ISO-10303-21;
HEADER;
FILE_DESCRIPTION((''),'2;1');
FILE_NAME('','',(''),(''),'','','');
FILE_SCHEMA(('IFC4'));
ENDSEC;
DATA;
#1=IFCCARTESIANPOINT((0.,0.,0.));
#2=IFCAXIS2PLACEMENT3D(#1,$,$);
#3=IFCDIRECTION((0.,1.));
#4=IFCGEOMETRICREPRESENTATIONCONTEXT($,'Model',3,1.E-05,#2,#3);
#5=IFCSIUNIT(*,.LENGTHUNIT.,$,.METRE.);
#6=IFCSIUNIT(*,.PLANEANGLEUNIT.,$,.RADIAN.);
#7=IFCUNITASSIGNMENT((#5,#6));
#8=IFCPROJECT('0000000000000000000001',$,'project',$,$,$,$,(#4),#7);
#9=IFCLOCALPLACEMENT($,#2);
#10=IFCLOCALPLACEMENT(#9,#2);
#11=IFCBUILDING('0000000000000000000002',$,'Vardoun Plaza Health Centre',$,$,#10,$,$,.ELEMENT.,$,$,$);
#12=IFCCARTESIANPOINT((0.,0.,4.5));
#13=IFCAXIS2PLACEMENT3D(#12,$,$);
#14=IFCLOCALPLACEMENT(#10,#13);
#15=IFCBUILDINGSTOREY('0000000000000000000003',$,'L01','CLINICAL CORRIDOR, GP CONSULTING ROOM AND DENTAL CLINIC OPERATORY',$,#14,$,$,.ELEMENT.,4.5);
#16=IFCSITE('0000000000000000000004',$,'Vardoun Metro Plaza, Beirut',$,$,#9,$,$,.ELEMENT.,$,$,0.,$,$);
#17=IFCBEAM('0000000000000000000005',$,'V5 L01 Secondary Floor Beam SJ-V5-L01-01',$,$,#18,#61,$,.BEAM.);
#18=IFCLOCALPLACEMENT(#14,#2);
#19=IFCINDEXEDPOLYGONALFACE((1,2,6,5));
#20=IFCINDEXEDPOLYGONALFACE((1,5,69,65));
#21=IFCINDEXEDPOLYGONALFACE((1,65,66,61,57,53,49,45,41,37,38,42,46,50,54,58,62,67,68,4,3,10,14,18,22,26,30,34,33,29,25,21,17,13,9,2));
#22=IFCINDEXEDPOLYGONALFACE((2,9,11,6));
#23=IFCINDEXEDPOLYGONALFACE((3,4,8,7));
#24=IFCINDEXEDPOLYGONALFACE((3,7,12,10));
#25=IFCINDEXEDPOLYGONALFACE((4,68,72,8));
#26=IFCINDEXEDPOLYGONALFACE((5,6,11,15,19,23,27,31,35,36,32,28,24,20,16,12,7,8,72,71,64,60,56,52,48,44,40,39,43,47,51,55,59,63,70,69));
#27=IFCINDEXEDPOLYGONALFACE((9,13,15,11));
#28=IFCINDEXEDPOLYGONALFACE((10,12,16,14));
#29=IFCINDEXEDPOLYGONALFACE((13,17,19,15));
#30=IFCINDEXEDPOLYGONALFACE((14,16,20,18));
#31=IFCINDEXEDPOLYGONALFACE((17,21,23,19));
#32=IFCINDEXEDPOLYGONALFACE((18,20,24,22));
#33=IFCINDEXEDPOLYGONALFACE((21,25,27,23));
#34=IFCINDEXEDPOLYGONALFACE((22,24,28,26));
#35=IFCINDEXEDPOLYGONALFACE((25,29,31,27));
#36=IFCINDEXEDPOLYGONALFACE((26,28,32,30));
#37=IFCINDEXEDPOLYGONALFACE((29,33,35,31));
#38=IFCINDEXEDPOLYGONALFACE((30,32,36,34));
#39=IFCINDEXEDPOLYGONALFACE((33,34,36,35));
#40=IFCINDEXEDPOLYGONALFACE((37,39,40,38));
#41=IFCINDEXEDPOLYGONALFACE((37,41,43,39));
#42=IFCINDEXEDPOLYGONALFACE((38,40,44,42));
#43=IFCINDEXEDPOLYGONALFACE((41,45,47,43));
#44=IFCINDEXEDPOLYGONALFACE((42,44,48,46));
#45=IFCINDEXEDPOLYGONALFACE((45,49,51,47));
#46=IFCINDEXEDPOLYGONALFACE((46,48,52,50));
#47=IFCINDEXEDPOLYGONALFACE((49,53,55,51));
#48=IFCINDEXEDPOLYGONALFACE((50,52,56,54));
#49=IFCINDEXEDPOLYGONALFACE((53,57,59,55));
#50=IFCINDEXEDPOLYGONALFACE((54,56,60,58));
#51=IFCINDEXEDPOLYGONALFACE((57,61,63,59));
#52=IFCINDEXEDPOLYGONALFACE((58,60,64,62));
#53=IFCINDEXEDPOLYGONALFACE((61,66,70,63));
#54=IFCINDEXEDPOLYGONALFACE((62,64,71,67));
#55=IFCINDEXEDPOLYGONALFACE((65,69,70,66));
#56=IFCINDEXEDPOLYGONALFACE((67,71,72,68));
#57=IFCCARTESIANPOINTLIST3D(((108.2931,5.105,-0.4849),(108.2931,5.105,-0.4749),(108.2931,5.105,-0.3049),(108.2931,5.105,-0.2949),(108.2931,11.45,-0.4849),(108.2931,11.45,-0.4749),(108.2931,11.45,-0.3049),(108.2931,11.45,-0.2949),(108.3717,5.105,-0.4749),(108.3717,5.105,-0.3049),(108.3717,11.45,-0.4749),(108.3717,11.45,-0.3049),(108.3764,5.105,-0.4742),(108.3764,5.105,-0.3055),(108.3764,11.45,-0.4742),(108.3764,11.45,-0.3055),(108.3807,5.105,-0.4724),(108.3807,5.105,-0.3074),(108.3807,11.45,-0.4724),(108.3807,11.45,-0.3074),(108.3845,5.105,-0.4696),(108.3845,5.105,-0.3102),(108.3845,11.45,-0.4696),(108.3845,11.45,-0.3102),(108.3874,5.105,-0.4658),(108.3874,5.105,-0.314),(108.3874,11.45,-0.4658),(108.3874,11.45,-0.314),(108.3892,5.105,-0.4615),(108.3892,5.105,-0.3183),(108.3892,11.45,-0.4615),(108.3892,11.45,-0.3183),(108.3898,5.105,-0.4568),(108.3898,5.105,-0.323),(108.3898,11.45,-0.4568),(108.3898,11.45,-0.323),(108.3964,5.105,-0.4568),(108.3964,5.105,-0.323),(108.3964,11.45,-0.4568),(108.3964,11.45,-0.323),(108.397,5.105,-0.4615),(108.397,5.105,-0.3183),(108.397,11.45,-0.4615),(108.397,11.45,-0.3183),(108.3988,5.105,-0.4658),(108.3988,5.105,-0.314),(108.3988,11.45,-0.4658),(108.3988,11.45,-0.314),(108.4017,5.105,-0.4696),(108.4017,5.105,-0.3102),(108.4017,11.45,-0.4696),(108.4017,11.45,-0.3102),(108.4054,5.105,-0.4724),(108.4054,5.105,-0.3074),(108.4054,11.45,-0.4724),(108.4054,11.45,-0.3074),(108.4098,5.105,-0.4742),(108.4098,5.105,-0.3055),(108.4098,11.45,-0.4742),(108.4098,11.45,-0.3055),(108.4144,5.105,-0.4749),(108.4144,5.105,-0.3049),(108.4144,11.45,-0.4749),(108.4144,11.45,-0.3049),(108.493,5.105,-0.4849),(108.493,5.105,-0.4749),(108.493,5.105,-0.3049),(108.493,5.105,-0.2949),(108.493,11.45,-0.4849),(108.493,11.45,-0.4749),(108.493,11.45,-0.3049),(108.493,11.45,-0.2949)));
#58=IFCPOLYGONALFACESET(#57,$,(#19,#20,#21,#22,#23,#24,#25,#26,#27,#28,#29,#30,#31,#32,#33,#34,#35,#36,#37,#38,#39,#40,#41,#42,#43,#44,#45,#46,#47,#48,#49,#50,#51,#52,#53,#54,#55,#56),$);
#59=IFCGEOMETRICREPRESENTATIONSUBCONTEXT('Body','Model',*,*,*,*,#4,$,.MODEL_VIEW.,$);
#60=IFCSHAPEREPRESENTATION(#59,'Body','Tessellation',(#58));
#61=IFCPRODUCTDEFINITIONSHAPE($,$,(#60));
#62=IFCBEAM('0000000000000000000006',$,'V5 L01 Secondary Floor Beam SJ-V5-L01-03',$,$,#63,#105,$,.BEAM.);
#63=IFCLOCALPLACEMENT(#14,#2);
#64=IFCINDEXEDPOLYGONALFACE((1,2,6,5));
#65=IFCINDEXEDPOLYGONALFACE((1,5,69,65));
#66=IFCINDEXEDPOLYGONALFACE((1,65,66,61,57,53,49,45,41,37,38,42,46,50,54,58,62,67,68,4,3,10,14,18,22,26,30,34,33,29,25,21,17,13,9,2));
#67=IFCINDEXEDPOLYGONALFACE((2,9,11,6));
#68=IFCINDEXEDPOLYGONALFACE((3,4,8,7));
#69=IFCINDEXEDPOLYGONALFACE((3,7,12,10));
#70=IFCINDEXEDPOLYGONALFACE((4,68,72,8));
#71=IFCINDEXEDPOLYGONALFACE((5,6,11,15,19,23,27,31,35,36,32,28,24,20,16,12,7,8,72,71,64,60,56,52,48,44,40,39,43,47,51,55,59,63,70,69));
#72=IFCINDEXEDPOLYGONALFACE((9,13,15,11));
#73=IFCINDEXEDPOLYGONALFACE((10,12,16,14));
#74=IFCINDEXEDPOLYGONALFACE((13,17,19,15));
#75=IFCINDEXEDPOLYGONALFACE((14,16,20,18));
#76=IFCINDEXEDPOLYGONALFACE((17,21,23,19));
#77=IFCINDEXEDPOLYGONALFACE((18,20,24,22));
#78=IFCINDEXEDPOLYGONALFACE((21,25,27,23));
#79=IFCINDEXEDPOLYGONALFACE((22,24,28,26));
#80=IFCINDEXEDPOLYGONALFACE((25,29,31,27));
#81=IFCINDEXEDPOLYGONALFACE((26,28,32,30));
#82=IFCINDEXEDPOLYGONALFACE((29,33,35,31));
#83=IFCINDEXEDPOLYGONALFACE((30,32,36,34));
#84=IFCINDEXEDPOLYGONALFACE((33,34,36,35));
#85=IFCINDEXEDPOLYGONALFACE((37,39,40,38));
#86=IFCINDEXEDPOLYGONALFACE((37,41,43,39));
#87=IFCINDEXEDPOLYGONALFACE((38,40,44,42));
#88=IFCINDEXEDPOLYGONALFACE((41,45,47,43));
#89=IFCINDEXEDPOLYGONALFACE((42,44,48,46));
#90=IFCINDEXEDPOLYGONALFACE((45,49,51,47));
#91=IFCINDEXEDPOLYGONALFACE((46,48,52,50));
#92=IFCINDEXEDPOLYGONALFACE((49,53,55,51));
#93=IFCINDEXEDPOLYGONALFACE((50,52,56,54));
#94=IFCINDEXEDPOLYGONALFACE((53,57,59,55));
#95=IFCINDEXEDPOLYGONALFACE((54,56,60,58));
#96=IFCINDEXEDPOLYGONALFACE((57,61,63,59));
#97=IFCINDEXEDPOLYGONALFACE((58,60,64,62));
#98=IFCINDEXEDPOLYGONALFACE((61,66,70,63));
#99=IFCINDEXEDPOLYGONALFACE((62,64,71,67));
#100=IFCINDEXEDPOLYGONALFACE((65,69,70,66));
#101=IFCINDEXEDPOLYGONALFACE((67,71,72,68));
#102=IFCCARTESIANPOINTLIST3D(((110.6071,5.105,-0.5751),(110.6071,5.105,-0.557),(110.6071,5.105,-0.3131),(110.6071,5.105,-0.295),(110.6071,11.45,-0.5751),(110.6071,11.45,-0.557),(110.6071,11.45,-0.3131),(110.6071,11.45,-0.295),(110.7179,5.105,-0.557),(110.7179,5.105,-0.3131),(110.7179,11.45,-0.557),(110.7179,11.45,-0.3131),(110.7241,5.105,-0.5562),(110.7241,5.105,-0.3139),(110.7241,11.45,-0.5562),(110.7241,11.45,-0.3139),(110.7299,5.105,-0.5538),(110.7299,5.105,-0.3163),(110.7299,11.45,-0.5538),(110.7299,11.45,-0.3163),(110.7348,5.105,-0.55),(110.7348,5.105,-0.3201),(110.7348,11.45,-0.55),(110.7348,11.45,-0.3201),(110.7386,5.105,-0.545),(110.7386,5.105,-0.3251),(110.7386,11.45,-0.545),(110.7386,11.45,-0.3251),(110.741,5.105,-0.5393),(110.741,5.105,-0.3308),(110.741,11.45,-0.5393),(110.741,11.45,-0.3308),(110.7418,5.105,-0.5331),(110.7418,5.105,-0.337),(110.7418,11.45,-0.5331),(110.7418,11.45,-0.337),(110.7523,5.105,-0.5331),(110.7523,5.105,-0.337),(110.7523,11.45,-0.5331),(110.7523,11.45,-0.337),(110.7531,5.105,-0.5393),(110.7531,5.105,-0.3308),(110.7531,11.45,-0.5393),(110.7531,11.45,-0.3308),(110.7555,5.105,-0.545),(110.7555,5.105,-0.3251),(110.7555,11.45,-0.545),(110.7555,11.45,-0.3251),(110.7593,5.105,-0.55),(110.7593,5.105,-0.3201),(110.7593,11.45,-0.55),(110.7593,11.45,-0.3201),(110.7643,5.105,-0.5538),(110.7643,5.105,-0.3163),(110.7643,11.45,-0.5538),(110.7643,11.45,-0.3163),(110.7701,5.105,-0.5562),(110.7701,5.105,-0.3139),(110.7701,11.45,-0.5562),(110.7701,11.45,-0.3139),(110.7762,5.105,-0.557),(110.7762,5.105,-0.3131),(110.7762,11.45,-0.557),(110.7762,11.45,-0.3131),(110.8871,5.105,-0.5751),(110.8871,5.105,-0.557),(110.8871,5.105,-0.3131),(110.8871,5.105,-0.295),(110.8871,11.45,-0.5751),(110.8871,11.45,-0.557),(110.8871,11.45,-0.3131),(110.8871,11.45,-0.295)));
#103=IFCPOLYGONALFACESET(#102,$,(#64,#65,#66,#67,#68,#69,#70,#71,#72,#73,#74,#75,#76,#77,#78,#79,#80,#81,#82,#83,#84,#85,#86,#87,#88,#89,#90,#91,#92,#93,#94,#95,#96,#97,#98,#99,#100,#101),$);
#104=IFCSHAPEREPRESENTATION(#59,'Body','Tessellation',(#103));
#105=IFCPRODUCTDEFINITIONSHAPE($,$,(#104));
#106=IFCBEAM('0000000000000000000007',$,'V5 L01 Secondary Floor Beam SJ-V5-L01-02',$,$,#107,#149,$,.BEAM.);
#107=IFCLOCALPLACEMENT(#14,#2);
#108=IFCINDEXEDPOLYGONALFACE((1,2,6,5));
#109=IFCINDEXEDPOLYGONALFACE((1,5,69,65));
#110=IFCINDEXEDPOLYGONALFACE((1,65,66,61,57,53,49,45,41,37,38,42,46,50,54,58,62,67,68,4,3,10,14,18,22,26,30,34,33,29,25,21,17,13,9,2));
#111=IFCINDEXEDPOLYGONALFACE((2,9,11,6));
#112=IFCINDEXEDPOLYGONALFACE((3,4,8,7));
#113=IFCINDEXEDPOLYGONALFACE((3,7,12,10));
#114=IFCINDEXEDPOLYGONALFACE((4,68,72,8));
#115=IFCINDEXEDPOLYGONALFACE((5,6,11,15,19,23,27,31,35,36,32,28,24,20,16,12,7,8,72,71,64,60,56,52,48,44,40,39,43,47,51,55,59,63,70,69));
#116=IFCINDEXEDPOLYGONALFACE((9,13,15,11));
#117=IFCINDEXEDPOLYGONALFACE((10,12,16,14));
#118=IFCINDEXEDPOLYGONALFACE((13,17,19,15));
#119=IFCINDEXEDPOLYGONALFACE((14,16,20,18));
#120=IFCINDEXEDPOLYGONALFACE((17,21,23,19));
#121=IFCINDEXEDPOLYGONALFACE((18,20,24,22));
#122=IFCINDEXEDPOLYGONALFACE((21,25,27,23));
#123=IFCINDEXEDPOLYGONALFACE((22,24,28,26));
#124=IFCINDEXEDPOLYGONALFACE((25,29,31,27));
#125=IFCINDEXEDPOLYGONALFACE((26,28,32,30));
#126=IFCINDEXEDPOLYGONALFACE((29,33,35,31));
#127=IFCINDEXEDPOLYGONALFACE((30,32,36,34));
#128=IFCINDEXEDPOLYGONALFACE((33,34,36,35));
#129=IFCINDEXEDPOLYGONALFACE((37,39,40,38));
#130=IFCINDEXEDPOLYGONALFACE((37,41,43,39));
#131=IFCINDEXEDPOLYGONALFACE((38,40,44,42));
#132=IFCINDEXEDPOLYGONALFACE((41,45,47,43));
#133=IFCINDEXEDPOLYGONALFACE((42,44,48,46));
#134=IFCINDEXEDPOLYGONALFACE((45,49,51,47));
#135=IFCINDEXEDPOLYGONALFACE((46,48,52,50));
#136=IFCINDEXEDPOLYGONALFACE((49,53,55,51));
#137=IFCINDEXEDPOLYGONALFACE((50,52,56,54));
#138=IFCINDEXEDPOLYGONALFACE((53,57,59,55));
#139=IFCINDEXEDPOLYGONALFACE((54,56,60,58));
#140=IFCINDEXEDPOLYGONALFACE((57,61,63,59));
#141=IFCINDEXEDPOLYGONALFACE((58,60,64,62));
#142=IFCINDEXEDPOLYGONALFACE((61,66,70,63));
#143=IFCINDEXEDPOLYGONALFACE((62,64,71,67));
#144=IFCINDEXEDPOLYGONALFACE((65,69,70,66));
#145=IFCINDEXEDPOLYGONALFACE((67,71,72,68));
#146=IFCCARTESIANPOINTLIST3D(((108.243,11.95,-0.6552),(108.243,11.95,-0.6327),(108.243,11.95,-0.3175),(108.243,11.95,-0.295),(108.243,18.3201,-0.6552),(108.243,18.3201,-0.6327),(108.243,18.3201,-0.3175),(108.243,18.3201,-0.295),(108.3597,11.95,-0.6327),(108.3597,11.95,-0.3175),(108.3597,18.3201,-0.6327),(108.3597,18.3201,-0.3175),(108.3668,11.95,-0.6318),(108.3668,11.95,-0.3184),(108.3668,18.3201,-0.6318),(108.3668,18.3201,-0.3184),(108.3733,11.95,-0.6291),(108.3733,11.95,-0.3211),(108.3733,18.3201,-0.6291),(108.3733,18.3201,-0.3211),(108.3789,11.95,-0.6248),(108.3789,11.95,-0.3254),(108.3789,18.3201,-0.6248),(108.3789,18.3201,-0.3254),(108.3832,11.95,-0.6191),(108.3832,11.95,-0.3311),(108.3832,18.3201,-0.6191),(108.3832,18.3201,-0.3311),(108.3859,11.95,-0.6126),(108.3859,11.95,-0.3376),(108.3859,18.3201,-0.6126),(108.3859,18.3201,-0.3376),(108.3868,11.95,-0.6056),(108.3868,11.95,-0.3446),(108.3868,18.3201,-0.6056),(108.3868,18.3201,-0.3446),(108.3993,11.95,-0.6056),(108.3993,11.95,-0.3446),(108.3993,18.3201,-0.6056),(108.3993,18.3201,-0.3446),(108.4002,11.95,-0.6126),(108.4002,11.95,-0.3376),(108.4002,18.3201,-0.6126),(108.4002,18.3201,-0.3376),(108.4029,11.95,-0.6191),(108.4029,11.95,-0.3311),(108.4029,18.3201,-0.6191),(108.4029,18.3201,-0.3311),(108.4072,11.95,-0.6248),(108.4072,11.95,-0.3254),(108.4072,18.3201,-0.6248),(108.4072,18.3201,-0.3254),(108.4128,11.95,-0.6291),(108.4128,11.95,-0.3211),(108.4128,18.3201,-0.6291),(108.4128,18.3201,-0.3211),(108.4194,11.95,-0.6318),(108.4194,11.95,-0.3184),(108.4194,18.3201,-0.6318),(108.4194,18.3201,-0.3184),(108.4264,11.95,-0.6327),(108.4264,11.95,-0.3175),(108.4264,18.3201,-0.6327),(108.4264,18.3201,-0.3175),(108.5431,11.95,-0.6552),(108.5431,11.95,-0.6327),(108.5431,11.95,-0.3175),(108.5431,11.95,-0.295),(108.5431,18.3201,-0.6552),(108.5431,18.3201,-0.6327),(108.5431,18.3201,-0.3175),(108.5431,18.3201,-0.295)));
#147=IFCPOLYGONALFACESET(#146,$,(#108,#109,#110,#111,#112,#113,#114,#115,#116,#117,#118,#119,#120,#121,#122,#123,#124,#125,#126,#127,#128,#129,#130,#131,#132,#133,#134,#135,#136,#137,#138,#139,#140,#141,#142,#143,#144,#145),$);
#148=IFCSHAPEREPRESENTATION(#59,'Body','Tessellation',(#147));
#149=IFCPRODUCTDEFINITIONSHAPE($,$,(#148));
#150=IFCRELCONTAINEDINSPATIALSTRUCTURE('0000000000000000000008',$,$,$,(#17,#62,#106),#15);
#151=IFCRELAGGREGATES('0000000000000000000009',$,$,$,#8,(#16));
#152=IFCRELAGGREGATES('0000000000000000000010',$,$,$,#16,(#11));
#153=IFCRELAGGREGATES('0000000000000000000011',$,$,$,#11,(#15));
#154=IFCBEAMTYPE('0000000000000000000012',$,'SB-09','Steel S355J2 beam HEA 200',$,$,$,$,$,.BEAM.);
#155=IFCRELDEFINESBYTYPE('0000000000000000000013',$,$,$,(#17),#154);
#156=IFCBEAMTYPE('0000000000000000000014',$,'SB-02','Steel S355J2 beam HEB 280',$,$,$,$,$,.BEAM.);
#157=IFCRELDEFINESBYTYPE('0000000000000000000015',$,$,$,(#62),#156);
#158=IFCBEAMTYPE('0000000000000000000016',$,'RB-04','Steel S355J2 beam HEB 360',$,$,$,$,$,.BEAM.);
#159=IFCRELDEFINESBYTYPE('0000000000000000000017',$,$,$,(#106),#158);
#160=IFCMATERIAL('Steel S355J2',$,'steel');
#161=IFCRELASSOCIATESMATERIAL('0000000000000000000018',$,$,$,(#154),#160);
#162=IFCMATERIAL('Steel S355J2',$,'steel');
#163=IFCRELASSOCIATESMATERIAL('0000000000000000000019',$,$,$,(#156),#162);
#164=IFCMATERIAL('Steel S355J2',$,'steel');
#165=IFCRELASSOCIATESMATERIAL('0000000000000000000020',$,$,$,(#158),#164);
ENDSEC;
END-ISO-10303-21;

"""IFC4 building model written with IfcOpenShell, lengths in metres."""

from ifc_helpers import new_model, si_unit, direction, frame, origin, origin_2d, place, context, subcontext, project, spatial, i_section, extrude, material, material_profile, profile_set, type_object, element, save


model = new_model("IFC4")

# Units and contexts
model_context = context("Model", 3, precision=1e-05, world=origin(), true_north=direction((0.0, 1.0)))
body_context = subcontext(model_context, "Body", "Model", "MODEL_VIEW")
ifc_project = project(units=[si_unit("LENGTHUNIT", "METRE"), si_unit("PLANEANGLEUNIT", "RADIAN")], contexts=[model_context])

# Site, building, storey
site_placement = place(None, origin())
site = spatial("IfcSite", under=ifc_project, at=site_placement, Name="Vardoun Metro Plaza, Beirut", CompositionType="ELEMENT", RefElevation=0.0)
building_placement = place(site_placement, origin())
building = spatial("IfcBuilding", under=site, at=building_placement, Name="Vardoun Plaza Health Centre", CompositionType="ELEMENT")
storey_placement = place(building_placement, frame((0.0, 0.0, 4.5)))
storey = spatial("IfcBuildingStorey", under=building, at=storey_placement, Name="L01", Description="CLINICAL CORRIDOR, GP CONSULTING ROOM AND DENTAL CLINIC OPERATORY", CompositionType="ELEMENT", Elevation=4.5)

# Beams
ifc_material_1 = material(Name="Steel S355J2", Category="steel")
ifc_material_profile_1 = material_profile(ifc_material_1, i_section(OverallWidth=0.2, OverallDepth=0.1899, WebThickness=0.0066, FlangeThickness=0.01, FilletRadius=0.0181, at=origin_2d()), Name="HEA 200")
ifc_profile_set_1 = profile_set([ifc_material_profile_1], Name="Steel S355J2")
beam_type_1 = type_object("IfcBeamType", Name="SB-09", Description="Steel S355J2 beam HEA 200", PredefinedType="BEAM", material=ifc_profile_set_1)
beam_1_placement = place(storey_placement, frame((108.3931, 5.105, -0.3899), z_axis=(0.0, 1.0, 0.0), x_axis=(-1.0, 0.0, 0.0)))
element("IfcBeam", 1, at=beam_1_placement, inside=storey, type_object=beam_type_1, Name="V5 L01 Secondary Floor Beam SJ-V5-L01-01", PredefinedType="BEAM", context=body_context, shape_type="SweptSolid", body=[
    extrude(i_section(OverallWidth=0.2, OverallDepth=0.1899, WebThickness=0.0066, FlangeThickness=0.01, FilletRadius=0.0181, at=origin_2d()), origin(), (0.0, 0.0, 1.0), 6.345),
])
ifc_material_2 = material(Name="Steel S355J2", Category="steel")
ifc_material_profile_2 = material_profile(ifc_material_2, i_section(OverallWidth=0.28, OverallDepth=0.28, WebThickness=0.0105, FlangeThickness=0.0181, FilletRadius=0.0239, at=origin_2d()), Name="HEB 280")
ifc_profile_set_2 = profile_set([ifc_material_profile_2], Name="Steel S355J2")
beam_type_2 = type_object("IfcBeamType", Name="SB-02", Description="Steel S355J2 beam HEB 280", PredefinedType="BEAM", material=ifc_profile_set_2)
beam_2_placement = place(storey_placement, frame((110.7471, 5.105, -0.4351), z_axis=(0.0, 1.0, 0.0), x_axis=(-1.0, 0.0, 0.0)))
element("IfcBeam", 2, at=beam_2_placement, inside=storey, type_object=beam_type_2, Name="V5 L01 Secondary Floor Beam SJ-V5-L01-03", PredefinedType="BEAM", context=body_context, shape_type="SweptSolid", body=[
    extrude(i_section(OverallWidth=0.28, OverallDepth=0.28, WebThickness=0.0105, FlangeThickness=0.0181, FilletRadius=0.0239, at=origin_2d()), origin(), (0.0, 0.0, 1.0), 6.345),
])
ifc_material_3 = material(Name="Steel S355J2", Category="steel")
ifc_material_profile_3 = material_profile(ifc_material_3, i_section(OverallWidth=0.3, OverallDepth=0.3601, WebThickness=0.0125, FlangeThickness=0.0225, FilletRadius=0.0271, at=origin_2d()), Name="HEB 360")
ifc_profile_set_3 = profile_set([ifc_material_profile_3], Name="Steel S355J2")
beam_type_3 = type_object("IfcBeamType", Name="RB-04", Description="Steel S355J2 beam HEB 360", PredefinedType="BEAM", material=ifc_profile_set_3)
beam_3_placement = place(storey_placement, frame((108.3931, 11.95, -0.4751), z_axis=(0.0, 1.0, 0.0), x_axis=(-1.0, 0.0, 0.0)))
element("IfcBeam", 3, at=beam_3_placement, inside=storey, type_object=beam_type_3, Name="V5 L01 Secondary Floor Beam SJ-V5-L01-02", PredefinedType="BEAM", context=body_context, shape_type="SweptSolid", body=[
    extrude(i_section(OverallWidth=0.3, OverallDepth=0.3601, WebThickness=0.0125, FlangeThickness=0.0225, FilletRadius=0.0271, at=origin_2d()), origin(), (0.0, 0.0, 1.0), 6.3701),
])

save(model, "model.ifc")
